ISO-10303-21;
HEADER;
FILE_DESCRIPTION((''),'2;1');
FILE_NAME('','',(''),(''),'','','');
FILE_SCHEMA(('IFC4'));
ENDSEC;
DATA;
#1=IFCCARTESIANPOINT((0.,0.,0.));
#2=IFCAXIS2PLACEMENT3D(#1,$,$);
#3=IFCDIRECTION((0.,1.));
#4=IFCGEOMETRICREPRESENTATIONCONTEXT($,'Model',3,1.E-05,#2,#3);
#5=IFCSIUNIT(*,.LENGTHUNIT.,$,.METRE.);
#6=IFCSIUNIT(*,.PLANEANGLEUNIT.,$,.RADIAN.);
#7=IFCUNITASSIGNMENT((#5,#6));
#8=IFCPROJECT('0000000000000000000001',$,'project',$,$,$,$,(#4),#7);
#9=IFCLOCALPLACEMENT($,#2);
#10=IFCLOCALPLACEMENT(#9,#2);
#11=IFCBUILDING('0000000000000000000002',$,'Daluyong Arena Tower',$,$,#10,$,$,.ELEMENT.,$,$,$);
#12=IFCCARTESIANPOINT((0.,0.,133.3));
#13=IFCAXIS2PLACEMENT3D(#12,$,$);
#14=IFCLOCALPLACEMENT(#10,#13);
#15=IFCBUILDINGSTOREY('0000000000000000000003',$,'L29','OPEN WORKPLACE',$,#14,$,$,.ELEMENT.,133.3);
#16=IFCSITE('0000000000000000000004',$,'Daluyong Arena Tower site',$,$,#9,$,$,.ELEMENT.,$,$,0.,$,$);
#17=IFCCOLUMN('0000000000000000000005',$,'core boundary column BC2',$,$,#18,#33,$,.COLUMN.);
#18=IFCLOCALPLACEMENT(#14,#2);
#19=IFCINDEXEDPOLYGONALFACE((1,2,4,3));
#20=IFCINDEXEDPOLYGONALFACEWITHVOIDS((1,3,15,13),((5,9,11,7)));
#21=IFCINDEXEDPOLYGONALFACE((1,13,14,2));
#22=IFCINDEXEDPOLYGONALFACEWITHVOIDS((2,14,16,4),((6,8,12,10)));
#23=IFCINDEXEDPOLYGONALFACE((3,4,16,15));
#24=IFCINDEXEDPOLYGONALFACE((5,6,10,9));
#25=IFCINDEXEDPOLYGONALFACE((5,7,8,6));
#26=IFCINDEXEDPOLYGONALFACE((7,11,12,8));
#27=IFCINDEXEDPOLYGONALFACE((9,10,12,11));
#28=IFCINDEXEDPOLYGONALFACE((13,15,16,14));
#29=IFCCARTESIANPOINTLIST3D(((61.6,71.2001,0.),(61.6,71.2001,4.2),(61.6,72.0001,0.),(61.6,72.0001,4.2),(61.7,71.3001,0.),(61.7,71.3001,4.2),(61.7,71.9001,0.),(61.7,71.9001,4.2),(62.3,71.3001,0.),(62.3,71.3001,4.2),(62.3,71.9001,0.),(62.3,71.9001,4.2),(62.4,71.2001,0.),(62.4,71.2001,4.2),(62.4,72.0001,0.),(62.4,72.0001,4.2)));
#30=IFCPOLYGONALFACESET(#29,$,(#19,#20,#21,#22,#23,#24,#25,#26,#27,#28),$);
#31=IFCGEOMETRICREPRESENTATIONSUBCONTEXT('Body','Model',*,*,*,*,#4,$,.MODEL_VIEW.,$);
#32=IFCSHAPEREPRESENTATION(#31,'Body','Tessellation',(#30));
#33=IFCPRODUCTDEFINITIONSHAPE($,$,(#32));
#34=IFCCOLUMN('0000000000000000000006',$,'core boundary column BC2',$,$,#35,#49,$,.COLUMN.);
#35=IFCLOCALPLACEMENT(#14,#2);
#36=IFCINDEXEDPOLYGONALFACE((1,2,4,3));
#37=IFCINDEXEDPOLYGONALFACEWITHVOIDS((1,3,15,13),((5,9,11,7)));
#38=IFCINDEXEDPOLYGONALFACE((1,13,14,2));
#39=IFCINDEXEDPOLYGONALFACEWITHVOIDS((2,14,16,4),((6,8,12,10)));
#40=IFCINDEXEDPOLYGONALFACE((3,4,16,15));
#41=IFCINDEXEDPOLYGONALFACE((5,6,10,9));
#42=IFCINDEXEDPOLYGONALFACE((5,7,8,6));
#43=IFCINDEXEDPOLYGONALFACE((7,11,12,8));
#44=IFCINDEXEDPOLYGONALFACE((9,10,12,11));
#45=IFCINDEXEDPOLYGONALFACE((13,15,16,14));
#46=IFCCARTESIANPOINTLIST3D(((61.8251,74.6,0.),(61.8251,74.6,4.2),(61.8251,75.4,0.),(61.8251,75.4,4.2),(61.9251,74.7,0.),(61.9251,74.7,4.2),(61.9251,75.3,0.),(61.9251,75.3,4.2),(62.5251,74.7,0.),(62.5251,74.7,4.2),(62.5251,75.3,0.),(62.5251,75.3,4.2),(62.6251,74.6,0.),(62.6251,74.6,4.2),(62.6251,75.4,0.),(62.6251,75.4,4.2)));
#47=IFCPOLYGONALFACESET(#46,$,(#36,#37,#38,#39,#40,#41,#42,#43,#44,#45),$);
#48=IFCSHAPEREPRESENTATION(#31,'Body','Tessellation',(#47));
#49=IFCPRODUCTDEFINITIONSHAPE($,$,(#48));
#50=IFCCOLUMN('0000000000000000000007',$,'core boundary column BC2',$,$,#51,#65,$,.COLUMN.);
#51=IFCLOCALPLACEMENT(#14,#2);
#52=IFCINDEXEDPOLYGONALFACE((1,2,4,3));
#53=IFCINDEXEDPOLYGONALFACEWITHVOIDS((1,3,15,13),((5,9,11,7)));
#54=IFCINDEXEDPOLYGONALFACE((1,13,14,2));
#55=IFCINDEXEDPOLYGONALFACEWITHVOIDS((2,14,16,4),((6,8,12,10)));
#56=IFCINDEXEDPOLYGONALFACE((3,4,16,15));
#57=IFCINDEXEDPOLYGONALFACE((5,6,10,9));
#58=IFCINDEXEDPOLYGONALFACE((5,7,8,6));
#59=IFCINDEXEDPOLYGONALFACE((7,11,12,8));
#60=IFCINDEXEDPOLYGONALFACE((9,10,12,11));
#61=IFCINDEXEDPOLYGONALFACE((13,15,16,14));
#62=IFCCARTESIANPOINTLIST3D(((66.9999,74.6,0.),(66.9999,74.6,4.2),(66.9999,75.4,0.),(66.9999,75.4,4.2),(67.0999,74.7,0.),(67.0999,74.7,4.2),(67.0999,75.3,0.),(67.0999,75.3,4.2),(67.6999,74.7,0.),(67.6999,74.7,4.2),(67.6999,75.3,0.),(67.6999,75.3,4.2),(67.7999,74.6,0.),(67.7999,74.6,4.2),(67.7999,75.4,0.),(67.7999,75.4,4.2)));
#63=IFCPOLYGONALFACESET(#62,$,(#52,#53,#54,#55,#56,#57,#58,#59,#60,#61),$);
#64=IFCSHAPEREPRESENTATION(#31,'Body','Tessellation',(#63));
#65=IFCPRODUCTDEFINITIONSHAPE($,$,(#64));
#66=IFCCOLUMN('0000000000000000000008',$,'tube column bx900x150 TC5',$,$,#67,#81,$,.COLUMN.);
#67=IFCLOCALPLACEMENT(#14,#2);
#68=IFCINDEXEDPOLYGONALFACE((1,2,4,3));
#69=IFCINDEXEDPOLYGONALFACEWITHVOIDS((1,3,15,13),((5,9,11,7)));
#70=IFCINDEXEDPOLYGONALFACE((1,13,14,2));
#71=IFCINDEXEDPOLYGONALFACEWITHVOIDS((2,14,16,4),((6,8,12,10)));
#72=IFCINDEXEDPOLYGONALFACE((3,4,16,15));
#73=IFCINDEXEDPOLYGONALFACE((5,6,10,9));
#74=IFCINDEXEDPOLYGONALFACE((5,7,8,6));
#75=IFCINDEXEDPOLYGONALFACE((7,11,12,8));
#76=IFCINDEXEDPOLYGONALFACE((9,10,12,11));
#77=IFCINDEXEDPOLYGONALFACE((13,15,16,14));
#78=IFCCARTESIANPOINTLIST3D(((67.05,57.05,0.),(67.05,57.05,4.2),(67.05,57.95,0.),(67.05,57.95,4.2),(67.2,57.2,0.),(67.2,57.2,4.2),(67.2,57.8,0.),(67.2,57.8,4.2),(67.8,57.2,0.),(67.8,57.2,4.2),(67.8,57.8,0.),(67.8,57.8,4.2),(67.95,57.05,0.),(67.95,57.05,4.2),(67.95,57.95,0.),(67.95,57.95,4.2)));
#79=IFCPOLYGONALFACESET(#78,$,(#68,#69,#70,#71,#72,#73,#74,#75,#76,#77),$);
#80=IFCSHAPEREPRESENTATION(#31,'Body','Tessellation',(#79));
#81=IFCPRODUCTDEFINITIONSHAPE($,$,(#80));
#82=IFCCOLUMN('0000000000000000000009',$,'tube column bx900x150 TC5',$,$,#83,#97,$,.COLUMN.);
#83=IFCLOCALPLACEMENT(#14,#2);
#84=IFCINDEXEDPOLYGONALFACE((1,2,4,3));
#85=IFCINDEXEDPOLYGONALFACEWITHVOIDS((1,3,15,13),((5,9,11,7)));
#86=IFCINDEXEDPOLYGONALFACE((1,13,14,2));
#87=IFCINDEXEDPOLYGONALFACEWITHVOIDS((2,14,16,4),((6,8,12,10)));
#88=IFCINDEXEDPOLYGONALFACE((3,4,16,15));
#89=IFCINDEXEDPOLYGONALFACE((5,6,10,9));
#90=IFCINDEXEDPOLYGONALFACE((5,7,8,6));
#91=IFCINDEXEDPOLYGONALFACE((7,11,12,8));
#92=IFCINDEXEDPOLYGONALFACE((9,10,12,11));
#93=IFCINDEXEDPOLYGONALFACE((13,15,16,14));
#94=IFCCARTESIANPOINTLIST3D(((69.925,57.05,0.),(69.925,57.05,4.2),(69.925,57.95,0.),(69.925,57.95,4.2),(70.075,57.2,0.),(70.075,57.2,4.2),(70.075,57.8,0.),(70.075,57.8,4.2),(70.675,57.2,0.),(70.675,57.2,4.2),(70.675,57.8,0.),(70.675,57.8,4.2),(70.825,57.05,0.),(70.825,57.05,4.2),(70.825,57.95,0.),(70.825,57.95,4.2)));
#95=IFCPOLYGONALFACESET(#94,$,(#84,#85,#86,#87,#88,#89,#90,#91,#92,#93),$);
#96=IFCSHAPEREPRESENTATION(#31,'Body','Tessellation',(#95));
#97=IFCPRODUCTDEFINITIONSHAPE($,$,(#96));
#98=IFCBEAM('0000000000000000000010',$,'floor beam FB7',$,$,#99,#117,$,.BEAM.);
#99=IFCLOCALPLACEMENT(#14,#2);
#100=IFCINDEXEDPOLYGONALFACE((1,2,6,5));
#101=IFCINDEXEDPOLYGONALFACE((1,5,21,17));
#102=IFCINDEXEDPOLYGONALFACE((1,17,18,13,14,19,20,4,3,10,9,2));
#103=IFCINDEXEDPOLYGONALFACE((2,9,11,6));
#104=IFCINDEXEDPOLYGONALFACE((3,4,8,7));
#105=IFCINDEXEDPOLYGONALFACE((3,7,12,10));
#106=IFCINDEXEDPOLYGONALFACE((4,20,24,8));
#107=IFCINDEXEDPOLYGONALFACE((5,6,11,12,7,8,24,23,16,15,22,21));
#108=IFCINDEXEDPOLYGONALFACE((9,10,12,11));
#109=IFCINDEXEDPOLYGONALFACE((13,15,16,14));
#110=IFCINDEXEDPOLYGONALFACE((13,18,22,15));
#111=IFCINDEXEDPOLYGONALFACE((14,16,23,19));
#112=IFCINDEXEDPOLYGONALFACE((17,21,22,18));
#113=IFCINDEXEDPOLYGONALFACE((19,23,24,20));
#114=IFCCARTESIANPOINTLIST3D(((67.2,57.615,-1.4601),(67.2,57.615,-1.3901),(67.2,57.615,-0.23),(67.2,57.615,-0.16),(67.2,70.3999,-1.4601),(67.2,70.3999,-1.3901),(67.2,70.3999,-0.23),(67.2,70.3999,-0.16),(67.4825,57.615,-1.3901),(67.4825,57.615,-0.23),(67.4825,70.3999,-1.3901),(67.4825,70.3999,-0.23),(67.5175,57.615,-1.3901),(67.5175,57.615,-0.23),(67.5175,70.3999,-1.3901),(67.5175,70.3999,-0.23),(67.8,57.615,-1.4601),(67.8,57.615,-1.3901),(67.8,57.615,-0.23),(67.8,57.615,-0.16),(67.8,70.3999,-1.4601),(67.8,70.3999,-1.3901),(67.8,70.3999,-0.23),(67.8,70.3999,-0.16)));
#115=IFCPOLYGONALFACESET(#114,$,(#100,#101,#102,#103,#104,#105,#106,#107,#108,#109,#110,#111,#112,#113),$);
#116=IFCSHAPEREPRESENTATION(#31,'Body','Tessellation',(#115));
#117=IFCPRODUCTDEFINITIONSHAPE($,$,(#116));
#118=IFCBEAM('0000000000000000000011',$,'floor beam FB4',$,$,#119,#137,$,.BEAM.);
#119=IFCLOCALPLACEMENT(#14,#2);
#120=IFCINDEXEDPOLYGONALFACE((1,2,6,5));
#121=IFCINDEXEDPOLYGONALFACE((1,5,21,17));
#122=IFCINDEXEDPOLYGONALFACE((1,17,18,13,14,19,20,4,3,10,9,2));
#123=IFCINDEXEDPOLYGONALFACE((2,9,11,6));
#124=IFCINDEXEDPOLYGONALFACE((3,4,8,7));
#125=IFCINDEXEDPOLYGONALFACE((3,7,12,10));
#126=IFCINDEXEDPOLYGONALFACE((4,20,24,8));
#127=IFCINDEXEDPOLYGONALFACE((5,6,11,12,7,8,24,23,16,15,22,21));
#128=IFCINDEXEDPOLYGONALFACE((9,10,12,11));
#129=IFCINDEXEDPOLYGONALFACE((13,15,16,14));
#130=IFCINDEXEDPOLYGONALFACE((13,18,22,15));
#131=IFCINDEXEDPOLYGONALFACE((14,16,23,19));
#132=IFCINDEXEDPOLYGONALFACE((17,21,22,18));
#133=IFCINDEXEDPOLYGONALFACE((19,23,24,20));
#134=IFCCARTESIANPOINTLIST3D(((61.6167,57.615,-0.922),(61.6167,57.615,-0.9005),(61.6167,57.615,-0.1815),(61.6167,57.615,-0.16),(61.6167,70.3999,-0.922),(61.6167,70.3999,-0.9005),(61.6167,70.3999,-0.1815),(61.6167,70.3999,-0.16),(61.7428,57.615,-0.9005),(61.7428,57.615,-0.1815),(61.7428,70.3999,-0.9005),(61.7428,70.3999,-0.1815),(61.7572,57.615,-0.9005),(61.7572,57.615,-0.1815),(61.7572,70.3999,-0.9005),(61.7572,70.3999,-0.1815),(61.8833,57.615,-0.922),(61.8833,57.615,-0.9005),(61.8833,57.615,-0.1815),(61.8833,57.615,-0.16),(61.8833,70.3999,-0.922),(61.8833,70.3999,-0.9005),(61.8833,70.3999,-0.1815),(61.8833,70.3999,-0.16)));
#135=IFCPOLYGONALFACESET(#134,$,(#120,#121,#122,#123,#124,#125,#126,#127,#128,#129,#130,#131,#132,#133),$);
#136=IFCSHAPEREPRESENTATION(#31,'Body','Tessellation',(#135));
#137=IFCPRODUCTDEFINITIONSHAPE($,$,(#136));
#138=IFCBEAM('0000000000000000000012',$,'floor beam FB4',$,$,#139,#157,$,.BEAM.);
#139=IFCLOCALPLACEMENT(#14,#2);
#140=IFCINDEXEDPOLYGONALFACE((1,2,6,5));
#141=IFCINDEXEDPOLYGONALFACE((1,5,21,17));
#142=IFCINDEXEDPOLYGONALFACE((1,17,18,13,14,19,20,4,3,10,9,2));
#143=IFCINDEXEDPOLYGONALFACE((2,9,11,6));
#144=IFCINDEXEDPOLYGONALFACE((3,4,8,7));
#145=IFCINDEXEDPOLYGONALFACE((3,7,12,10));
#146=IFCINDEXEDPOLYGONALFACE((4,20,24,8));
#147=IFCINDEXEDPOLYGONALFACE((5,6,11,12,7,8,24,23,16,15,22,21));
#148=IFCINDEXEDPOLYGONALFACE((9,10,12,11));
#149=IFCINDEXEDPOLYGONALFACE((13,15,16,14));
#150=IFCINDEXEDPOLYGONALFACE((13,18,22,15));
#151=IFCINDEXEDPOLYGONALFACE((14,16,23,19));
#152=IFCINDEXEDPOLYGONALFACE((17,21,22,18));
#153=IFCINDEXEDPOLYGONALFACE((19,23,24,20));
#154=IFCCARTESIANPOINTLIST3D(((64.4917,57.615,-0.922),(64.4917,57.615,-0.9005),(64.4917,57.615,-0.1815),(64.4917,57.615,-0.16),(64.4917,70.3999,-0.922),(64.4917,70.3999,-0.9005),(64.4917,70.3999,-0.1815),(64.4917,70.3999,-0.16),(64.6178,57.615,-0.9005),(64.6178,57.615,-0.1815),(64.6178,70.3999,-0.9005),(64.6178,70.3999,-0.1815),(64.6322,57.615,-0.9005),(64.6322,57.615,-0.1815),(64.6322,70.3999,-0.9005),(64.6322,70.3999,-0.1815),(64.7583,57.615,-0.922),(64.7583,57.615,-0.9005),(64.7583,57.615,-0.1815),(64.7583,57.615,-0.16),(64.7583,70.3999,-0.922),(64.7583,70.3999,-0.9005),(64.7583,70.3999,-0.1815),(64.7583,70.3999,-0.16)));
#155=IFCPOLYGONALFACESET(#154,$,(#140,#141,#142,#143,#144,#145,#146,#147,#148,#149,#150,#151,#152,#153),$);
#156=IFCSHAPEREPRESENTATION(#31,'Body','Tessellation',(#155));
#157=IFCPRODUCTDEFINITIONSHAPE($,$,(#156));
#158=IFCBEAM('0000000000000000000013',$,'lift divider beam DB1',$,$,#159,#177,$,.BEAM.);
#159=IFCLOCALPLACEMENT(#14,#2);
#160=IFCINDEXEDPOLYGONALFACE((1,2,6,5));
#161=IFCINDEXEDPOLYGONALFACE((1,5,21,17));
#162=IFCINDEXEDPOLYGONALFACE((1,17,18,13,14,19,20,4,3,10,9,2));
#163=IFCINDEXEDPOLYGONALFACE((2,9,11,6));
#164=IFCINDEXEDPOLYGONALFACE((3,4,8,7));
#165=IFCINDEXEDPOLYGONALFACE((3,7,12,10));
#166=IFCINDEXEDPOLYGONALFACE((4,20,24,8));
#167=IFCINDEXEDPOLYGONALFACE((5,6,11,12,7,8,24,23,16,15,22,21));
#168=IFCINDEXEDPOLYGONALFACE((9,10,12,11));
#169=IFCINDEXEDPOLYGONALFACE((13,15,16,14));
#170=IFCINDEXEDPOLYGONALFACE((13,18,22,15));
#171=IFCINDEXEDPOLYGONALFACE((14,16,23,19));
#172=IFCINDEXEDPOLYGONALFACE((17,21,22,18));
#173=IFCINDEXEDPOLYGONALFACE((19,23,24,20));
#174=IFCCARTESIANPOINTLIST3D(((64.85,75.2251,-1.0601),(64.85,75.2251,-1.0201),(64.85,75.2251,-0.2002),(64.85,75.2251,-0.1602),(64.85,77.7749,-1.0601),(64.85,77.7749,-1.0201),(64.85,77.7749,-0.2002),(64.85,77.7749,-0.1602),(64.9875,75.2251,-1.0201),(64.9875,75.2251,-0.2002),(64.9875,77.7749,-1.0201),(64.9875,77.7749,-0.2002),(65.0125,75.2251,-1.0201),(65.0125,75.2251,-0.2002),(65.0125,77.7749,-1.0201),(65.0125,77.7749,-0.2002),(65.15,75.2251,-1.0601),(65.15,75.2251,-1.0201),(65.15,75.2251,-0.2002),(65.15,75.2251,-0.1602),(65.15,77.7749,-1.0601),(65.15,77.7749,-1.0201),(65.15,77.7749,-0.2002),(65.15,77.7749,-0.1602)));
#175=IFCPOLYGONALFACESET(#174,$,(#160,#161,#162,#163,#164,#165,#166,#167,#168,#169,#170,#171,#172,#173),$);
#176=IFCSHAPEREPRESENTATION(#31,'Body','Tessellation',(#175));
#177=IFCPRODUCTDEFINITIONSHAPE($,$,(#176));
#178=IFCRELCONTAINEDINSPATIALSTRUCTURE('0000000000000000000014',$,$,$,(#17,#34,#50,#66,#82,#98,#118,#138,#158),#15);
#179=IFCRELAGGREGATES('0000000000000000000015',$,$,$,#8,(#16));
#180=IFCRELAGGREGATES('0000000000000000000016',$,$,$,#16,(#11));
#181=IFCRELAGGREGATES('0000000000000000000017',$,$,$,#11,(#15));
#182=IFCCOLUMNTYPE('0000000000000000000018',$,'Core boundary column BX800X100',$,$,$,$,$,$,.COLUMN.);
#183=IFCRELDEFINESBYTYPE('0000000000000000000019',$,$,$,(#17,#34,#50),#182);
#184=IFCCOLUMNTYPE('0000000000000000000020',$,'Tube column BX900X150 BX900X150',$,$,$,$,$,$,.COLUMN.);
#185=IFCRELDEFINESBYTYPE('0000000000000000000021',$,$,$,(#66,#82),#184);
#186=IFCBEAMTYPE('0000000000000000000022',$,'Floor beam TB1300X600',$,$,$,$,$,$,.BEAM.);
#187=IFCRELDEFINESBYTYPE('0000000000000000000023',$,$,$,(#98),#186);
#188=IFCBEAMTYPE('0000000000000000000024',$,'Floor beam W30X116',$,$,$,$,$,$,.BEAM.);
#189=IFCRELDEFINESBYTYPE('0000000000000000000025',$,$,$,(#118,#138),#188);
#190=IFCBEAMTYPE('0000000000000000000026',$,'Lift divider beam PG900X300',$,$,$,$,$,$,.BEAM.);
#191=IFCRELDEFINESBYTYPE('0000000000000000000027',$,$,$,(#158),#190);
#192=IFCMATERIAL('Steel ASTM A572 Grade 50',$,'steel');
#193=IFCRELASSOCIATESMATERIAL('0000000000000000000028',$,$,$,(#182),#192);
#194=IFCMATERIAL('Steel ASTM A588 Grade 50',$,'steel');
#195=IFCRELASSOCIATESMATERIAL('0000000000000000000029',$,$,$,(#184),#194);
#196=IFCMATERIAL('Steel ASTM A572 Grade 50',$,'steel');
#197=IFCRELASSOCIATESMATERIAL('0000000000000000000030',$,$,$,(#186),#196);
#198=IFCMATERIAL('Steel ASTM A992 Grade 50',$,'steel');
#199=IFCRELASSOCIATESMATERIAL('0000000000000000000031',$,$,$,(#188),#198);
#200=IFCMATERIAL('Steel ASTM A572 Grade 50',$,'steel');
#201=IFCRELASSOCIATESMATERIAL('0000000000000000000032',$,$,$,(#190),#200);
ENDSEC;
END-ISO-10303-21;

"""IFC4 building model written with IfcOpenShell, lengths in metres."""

from ifc_helpers import new_model, si_unit, direction, frame, origin, origin_2d, place, context, subcontext, project, spatial, hollow_rectangle, i_section, extrude, material, material_profile, profile_set, type_object, element, save


model = new_model("IFC4")

# Units and contexts
model_context = context("Model", 3, precision=1e-05, world=origin(), true_north=direction((0.0, 1.0)))
body_context = subcontext(model_context, "Body", "Model", "MODEL_VIEW")
ifc_project = project(units=[si_unit("LENGTHUNIT", "METRE"), si_unit("PLANEANGLEUNIT", "RADIAN")], contexts=[model_context])

# Site, building, storey
site_placement = place(None, origin())
site = spatial("IfcSite", under=ifc_project, at=site_placement, Name="Daluyong Arena Tower site", CompositionType="ELEMENT", RefElevation=0.0)
building_placement = place(site_placement, origin())
building = spatial("IfcBuilding", under=site, at=building_placement, Name="Daluyong Arena Tower", CompositionType="ELEMENT")
storey_placement = place(building_placement, frame((0.0, 0.0, 133.3)))
storey = spatial("IfcBuildingStorey", under=building, at=storey_placement, Name="L29", Description="OPEN WORKPLACE", CompositionType="ELEMENT", Elevation=133.3)

# Columns
ifc_material_1 = material(Name="Steel ASTM A572 Grade 50", Category="steel")
ifc_material_profile_1 = material_profile(ifc_material_1, hollow_rectangle(XDim=0.8, YDim=0.8, WallThickness=0.1, at=origin_2d()))
ifc_profile_set_1 = profile_set([ifc_material_profile_1], Name="Steel ASTM A572 Grade 50")
column_type_1 = type_object("IfcColumnType", Name="Core boundary column BX800X100", PredefinedType="COLUMN", material=ifc_profile_set_1)
for number, where, z_axis, x_axis, name in (
    (1, (62.0, 71.6001, 0.0), (0.0, 0.0, 1.0), (1.0, 0.0, 0.0), "core boundary column BC2"),
    (2, (62.2251, 75.0, 0.0), (0.0, 0.0, 1.0), (1.0, 0.0, 0.0), "core boundary column BC2"),
    (3, (67.3999, 75.0, 0.0), (0.0, 0.0, 1.0), (1.0, 0.0, 0.0), "core boundary column BC2"),
):
    element("IfcColumn", number, at=place(storey_placement, frame(where, z_axis=z_axis, x_axis=x_axis)), inside=storey, type_object=column_type_1, Name=name, PredefinedType="COLUMN", context=body_context, shape_type="SweptSolid", body=[
        extrude(hollow_rectangle(XDim=0.8, YDim=0.8, WallThickness=0.1, at=origin_2d()), origin(), (0.0, 0.0, 1.0), 4.2),
    ])
ifc_material_2 = material(Name="Steel ASTM A588 Grade 50", Category="steel")
ifc_material_profile_2 = material_profile(ifc_material_2, hollow_rectangle(XDim=0.8999, YDim=0.8999, WallThickness=0.15, at=origin_2d()))
ifc_profile_set_2 = profile_set([ifc_material_profile_2], Name="Steel ASTM A588 Grade 50")
column_type_2 = type_object("IfcColumnType", Name="Tube column BX900X150 BX900X150", PredefinedType="COLUMN", material=ifc_profile_set_2)
for number, where, z_axis, x_axis, name in (
    (4, (67.5, 57.5, 0.0), (0.0, 0.0, 1.0), (1.0, 0.0, 0.0), "tube column bx900x150 TC5"),
    (5, (70.375, 57.5, 0.0), (0.0, 0.0, 1.0), (1.0, 0.0, 0.0), "tube column bx900x150 TC5"),
):
    element("IfcColumn", number, at=place(storey_placement, frame(where, z_axis=z_axis, x_axis=x_axis)), inside=storey, type_object=column_type_2, Name=name, PredefinedType="COLUMN", context=body_context, shape_type="SweptSolid", body=[
        extrude(hollow_rectangle(XDim=0.8999, YDim=0.8999, WallThickness=0.15, at=origin_2d()), origin(), (0.0, 0.0, 1.0), 4.2),
    ])

# Beams
ifc_material_3 = material(Name="Steel ASTM A572 Grade 50", Category="steel")
ifc_material_profile_3 = material_profile(ifc_material_3, i_section(OverallWidth=0.6001, OverallDepth=1.3, WebThickness=0.035, FlangeThickness=0.07, at=origin_2d()))
ifc_profile_set_3 = profile_set([ifc_material_profile_3], Name="Steel ASTM A572 Grade 50")
beam_type_1 = type_object("IfcBeamType", Name="Floor beam TB1300X600", PredefinedType="BEAM", material=ifc_profile_set_3)
beam_1_placement = place(storey_placement, frame((67.5, 57.615, -0.8101), z_axis=(0.0, 1.0, 0.0), x_axis=(-1.0, 0.0, 0.0)))
element("IfcBeam", 6, at=beam_1_placement, inside=storey, type_object=beam_type_1, Name="floor beam FB7", PredefinedType="BEAM", context=body_context, shape_type="SweptSolid", body=[
    extrude(i_section(OverallWidth=0.6001, OverallDepth=1.3, WebThickness=0.035, FlangeThickness=0.07, at=origin_2d()), origin(), (0.0, 0.0, 1.0), 12.7849),
])
ifc_material_4 = material(Name="Steel ASTM A992 Grade 50", Category="steel")
ifc_material_profile_4 = material_profile(ifc_material_4, i_section(OverallWidth=0.2666, OverallDepth=0.762, WebThickness=0.0144, FlangeThickness=0.0215, at=origin_2d()))
ifc_profile_set_4 = profile_set([ifc_material_profile_4], Name="Steel ASTM A992 Grade 50")
beam_type_2 = type_object("IfcBeamType", Name="Floor beam W30X116", PredefinedType="BEAM", material=ifc_profile_set_4)
for number, where, z_axis, x_axis, name in (
    (7, (61.75, 57.615, -0.541), (0.0, 1.0, 0.0), (-1.0, 0.0, 0.0), "floor beam FB4"),
    (8, (64.625, 57.615, -0.541), (0.0, 1.0, 0.0), (-1.0, 0.0, 0.0), "floor beam FB4"),
):
    element("IfcBeam", number, at=place(storey_placement, frame(where, z_axis=z_axis, x_axis=x_axis)), inside=storey, type_object=beam_type_2, Name=name, PredefinedType="BEAM", context=body_context, shape_type="SweptSolid", body=[
        extrude(i_section(OverallWidth=0.2666, OverallDepth=0.762, WebThickness=0.0144, FlangeThickness=0.0215, at=origin_2d()), origin(), (0.0, 0.0, 1.0), 12.7849),
    ])
ifc_material_5 = material(Name="Steel ASTM A572 Grade 50", Category="steel")
ifc_material_profile_5 = material_profile(ifc_material_5, i_section(OverallWidth=0.3, OverallDepth=0.8999, WebThickness=0.025, FlangeThickness=0.04, at=origin_2d()))
ifc_profile_set_5 = profile_set([ifc_material_profile_5], Name="Steel ASTM A572 Grade 50")
beam_type_3 = type_object("IfcBeamType", Name="Lift divider beam PG900X300", PredefinedType="BEAM", material=ifc_profile_set_5)
beam_2_placement = place(storey_placement, frame((65.0, 75.2251, -0.6101), z_axis=(0.0, 1.0, 0.0), x_axis=(-1.0, 0.0, 0.0)))
element("IfcBeam", 9, at=beam_2_placement, inside=storey, type_object=beam_type_3, Name="lift divider beam DB1", PredefinedType="BEAM", context=body_context, shape_type="SweptSolid", body=[
    extrude(i_section(OverallWidth=0.3, OverallDepth=0.8999, WebThickness=0.025, FlangeThickness=0.04, at=origin_2d()), origin(), (0.0, 0.0, 1.0), 2.5498),
])

save(model, "model.ifc")
